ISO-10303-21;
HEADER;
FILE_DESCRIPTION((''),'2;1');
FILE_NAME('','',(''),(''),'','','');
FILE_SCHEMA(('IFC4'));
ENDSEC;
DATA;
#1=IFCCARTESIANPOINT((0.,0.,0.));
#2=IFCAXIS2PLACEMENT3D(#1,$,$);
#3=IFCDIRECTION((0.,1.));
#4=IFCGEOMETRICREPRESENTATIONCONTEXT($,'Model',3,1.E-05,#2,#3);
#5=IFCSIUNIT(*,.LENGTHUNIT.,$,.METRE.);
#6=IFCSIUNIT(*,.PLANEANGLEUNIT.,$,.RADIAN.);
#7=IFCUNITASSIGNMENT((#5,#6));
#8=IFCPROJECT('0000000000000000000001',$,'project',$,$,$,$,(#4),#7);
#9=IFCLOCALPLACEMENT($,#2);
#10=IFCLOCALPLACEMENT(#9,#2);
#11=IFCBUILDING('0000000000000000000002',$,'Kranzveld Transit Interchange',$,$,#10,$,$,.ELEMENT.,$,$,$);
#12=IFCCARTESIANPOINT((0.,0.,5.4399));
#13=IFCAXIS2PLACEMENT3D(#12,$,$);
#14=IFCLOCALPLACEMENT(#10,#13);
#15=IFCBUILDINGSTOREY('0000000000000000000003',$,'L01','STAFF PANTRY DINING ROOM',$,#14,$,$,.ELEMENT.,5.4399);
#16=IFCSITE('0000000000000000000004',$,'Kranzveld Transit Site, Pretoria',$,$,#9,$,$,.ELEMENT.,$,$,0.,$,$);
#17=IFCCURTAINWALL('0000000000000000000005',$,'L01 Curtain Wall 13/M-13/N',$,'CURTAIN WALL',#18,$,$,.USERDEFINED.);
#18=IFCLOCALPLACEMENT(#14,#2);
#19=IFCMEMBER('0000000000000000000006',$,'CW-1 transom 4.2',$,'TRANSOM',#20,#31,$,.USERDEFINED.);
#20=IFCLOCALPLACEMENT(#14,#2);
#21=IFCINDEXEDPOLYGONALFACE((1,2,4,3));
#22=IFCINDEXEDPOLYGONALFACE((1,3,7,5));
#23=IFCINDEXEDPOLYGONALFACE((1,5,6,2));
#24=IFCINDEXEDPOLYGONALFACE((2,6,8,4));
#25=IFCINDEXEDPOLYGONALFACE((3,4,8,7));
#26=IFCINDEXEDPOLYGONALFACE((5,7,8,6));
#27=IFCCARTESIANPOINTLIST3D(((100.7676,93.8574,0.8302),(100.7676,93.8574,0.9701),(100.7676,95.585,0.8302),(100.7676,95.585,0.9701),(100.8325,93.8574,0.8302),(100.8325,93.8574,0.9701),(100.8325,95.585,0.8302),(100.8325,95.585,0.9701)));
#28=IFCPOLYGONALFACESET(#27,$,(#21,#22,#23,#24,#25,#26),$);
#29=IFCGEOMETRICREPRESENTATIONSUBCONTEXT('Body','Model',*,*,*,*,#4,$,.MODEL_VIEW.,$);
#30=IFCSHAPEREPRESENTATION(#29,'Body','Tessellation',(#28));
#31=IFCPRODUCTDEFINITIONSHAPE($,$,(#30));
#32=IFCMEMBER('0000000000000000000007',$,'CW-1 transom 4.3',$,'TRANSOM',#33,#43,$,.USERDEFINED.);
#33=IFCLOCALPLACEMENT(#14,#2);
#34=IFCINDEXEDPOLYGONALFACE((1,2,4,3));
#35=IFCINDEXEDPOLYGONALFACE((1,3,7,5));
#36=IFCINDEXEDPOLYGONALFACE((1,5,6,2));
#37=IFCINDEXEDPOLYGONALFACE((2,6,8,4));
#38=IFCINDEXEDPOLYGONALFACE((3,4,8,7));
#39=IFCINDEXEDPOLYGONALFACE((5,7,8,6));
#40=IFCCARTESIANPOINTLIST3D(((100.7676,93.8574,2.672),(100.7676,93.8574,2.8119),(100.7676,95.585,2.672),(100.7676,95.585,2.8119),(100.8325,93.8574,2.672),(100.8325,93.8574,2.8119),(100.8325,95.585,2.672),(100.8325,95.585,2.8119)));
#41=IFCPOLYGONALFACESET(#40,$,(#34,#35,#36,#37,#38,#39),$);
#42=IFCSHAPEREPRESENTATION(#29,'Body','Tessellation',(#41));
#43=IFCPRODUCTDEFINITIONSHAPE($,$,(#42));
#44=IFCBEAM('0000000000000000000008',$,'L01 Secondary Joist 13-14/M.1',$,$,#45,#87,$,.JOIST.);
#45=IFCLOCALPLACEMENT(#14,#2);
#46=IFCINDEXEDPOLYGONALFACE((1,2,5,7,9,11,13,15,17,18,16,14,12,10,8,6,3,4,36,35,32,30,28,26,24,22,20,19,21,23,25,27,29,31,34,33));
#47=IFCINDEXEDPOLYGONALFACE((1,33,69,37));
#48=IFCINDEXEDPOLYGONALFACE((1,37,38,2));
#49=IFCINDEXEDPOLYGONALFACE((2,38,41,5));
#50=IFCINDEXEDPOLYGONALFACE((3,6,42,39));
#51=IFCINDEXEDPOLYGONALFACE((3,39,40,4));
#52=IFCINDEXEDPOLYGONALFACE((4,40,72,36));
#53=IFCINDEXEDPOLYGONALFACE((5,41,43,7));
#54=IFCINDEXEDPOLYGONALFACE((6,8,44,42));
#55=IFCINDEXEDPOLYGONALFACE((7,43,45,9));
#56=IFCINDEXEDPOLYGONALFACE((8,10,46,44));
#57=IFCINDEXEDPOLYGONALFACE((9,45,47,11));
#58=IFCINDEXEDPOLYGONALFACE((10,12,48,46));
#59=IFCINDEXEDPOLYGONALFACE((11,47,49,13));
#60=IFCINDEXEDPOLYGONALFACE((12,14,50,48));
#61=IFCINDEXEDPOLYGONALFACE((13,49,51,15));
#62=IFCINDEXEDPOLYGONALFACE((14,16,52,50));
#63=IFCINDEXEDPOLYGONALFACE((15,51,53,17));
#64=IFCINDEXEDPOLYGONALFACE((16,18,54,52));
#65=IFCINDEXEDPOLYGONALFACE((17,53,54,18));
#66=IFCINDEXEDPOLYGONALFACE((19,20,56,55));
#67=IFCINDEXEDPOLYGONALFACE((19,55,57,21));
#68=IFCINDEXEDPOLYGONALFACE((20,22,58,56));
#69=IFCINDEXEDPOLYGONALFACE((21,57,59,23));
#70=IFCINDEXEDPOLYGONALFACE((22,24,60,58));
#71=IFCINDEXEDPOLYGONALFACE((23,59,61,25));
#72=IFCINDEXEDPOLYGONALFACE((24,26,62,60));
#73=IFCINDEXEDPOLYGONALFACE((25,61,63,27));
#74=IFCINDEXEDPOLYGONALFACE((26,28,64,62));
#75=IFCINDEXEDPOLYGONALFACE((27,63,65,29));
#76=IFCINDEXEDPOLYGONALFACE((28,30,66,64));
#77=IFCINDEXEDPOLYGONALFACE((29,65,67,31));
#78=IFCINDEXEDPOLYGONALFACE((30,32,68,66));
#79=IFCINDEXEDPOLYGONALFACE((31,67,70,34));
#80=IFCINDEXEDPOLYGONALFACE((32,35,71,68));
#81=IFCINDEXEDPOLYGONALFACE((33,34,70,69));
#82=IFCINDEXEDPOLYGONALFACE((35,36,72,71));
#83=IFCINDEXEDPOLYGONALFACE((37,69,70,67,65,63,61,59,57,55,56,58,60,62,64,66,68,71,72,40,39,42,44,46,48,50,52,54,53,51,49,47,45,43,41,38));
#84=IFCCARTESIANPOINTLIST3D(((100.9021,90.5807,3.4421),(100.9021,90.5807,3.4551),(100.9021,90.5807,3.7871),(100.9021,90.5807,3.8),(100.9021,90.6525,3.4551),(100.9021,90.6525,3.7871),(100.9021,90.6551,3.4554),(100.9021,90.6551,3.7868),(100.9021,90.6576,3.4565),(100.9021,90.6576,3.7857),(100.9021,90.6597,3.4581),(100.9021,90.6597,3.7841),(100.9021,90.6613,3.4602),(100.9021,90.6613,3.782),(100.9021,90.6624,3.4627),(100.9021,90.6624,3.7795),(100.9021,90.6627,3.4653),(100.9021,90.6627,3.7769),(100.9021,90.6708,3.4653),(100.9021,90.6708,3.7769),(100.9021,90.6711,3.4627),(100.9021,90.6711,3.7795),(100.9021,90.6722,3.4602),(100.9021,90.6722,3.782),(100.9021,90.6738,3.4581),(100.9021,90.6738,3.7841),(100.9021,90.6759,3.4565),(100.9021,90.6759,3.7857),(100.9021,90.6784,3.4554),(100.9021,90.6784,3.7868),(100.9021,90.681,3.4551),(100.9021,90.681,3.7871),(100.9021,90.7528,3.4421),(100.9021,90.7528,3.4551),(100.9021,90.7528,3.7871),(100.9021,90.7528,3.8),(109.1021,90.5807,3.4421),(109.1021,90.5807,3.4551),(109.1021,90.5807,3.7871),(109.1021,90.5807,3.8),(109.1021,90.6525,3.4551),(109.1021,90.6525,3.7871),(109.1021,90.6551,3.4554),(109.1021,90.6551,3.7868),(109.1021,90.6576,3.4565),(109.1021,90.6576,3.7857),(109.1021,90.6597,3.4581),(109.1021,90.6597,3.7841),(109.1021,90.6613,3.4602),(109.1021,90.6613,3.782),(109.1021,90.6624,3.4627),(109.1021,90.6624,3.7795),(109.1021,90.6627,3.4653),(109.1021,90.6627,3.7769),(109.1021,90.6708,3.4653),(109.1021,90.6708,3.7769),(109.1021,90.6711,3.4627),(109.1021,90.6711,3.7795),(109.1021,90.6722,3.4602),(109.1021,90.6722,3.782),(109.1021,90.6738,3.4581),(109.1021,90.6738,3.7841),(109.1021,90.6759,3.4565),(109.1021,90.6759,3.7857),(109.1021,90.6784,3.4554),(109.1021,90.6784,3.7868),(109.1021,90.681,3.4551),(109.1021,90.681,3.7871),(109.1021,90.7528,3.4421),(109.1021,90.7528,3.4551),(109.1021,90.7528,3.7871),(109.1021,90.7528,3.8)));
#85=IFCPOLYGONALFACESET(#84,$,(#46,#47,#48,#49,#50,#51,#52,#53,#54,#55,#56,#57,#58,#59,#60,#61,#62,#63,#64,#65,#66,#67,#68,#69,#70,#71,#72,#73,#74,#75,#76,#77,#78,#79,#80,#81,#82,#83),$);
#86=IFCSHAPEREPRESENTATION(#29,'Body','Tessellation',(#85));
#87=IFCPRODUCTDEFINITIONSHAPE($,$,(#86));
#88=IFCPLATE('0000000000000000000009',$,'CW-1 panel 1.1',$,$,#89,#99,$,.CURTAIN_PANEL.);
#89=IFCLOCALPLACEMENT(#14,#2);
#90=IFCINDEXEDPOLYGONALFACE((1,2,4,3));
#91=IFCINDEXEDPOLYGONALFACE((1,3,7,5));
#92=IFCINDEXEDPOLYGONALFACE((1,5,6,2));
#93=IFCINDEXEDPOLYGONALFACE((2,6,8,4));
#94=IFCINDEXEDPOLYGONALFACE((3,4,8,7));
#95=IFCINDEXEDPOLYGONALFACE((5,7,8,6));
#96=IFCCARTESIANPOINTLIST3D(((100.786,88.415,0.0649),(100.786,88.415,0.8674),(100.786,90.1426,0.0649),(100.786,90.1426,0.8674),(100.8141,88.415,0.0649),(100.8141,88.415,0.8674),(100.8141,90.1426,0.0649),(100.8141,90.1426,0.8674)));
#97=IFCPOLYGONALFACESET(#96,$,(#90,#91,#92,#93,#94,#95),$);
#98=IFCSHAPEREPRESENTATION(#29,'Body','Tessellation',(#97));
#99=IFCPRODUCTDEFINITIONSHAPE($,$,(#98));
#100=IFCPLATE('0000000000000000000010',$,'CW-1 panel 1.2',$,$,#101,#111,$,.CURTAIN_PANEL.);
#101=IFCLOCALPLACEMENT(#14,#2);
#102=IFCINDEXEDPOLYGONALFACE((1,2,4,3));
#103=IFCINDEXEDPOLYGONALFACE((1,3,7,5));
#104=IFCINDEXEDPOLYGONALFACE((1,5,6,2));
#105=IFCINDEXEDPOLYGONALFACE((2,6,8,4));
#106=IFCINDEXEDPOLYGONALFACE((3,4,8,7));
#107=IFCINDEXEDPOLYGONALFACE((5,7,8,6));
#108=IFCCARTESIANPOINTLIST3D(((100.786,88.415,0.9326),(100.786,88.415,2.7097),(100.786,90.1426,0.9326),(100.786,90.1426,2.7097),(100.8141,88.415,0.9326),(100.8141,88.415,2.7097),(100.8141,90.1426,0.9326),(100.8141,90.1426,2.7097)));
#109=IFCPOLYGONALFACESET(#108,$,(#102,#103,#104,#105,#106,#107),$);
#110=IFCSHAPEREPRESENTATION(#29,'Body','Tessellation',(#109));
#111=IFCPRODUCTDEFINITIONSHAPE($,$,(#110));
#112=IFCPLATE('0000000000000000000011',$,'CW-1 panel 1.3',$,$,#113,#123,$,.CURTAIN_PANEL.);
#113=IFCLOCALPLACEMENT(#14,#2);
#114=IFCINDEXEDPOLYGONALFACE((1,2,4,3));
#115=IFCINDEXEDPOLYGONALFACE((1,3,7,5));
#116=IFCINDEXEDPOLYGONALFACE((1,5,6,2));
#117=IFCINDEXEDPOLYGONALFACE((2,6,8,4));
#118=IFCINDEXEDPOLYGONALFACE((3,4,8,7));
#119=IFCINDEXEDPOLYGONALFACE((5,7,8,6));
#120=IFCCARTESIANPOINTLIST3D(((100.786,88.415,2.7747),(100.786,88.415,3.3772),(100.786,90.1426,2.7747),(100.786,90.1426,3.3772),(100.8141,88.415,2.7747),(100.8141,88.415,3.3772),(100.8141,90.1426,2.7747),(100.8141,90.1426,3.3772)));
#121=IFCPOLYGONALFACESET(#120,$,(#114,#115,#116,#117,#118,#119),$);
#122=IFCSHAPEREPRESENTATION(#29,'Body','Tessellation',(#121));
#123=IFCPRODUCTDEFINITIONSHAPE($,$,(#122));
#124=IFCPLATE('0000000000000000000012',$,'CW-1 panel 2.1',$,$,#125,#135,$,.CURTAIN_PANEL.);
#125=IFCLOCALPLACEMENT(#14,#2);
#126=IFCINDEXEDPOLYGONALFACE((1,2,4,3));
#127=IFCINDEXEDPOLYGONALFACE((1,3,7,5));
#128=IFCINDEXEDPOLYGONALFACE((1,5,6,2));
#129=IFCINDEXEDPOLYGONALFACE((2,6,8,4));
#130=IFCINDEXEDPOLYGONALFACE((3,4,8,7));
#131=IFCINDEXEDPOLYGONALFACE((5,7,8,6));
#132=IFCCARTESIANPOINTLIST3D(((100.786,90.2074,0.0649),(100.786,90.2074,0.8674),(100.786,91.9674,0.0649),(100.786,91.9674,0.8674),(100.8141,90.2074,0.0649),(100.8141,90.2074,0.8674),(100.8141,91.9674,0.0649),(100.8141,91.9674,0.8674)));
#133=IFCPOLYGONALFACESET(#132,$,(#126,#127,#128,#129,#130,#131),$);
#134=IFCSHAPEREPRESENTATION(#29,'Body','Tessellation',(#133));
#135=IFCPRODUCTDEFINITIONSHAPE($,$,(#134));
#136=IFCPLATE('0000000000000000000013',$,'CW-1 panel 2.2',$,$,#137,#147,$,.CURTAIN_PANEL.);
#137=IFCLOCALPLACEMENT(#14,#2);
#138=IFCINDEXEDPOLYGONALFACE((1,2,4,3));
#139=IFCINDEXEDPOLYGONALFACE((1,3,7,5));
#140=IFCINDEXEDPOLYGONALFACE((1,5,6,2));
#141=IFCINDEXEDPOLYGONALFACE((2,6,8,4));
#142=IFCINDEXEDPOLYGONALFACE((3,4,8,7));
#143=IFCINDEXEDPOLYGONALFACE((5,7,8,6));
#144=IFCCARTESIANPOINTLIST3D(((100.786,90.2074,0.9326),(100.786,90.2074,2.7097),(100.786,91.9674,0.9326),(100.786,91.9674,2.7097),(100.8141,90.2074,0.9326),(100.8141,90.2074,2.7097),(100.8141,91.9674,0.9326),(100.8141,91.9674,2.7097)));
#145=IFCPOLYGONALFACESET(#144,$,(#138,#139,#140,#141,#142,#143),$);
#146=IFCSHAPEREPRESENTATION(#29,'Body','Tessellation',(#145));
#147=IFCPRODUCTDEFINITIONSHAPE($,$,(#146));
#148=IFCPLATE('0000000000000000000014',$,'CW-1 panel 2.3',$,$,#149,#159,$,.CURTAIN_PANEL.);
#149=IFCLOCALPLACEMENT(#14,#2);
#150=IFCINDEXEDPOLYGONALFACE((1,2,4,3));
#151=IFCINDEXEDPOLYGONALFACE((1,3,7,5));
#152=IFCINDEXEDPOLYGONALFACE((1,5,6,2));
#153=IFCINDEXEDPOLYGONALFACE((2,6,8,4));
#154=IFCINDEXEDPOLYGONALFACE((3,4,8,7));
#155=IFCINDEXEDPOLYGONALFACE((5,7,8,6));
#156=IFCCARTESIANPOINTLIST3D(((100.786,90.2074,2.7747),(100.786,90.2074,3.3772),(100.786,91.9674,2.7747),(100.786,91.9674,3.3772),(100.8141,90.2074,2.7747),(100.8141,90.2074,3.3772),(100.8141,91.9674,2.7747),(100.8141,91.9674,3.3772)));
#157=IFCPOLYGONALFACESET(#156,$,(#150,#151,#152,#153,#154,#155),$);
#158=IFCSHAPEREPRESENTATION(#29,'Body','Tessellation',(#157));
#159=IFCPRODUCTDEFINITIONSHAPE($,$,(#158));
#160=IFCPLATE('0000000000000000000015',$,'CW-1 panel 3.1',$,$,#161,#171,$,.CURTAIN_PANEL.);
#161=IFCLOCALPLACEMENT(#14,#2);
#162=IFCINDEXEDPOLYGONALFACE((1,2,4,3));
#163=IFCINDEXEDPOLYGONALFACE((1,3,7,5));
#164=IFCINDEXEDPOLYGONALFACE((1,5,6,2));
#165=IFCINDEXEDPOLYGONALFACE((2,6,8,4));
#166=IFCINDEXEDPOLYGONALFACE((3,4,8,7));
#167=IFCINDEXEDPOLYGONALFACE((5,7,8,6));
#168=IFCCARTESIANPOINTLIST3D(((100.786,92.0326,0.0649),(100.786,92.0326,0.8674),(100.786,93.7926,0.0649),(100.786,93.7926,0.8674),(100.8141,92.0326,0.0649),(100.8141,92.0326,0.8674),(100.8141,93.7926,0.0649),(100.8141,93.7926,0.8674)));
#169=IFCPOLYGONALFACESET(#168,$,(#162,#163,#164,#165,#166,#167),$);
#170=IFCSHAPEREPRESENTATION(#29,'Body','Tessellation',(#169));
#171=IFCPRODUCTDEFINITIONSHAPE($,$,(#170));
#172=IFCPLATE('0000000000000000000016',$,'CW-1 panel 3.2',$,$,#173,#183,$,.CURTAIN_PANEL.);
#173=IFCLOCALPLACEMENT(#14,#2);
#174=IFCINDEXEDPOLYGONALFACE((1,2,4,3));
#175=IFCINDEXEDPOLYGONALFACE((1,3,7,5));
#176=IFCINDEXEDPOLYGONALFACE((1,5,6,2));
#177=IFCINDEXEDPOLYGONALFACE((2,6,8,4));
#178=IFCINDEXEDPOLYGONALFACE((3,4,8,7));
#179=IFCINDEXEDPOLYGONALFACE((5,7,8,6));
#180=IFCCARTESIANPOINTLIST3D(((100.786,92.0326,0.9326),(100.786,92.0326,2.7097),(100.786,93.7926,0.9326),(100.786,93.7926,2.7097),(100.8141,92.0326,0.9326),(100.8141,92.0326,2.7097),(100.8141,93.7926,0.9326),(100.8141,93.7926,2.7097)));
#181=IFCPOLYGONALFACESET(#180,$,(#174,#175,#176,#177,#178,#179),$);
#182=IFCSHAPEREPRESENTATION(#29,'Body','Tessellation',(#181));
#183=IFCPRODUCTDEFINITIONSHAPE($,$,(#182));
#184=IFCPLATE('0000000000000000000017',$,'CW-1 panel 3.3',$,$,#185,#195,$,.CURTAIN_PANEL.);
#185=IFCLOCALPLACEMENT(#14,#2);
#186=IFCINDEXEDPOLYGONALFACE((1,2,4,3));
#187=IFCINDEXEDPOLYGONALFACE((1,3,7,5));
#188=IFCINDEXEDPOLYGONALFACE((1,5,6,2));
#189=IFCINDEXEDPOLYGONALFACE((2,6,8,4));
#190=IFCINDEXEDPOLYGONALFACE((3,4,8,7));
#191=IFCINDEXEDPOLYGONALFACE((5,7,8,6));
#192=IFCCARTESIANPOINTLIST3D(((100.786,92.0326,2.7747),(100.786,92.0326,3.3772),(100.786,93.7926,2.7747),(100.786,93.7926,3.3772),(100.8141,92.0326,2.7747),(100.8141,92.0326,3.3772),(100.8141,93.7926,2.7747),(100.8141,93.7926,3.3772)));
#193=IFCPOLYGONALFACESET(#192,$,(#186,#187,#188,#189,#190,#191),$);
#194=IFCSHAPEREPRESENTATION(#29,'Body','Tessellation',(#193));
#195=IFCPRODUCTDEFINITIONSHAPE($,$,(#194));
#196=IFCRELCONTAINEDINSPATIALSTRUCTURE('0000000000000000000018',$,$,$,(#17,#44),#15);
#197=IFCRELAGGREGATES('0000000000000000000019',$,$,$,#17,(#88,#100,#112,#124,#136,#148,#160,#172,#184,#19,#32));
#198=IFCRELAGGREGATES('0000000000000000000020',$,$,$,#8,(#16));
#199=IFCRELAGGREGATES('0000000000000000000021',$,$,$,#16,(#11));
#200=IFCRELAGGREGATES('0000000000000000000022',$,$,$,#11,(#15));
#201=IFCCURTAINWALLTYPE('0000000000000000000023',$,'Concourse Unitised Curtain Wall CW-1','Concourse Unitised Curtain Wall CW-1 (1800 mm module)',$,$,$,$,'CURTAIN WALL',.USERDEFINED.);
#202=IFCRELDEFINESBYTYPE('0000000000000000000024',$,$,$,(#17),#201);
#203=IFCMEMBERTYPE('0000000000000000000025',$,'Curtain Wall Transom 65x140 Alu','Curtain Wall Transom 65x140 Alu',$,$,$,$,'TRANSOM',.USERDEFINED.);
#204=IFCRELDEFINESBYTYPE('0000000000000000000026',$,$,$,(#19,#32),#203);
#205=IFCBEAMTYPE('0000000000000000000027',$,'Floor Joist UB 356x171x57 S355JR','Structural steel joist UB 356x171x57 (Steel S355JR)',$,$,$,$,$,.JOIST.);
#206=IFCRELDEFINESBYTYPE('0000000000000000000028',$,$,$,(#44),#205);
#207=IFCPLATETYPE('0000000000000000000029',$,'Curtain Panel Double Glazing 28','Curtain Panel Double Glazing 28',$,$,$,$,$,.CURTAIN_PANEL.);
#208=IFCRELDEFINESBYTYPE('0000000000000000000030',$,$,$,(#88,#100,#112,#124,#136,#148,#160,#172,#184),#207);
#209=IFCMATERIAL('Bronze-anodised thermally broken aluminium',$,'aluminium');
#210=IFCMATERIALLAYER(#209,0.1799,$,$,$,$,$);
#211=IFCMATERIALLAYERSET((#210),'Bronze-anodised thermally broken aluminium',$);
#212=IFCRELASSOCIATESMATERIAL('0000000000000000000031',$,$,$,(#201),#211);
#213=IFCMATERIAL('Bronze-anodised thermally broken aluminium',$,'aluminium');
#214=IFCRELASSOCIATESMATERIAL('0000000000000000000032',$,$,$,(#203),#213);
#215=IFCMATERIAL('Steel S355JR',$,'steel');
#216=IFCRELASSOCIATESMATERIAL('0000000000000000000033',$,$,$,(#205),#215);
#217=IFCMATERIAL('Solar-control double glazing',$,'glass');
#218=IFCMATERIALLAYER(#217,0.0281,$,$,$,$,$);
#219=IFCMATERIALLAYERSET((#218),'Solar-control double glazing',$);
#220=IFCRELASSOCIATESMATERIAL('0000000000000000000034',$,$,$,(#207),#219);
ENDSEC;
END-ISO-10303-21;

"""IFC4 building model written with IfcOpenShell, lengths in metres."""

from ifc_helpers import new_model, si_unit, direction, frame, origin, origin_2d, place, context, subcontext, project, spatial, rectangle, i_section, extrude, material, layer, layer_set, material_profile, profile_set, type_object, element, aggregate, save


model = new_model("IFC4")

# Units and contexts
model_context = context("Model", 3, precision=1e-05, world=origin(), true_north=direction((0.0, 1.0)))
body_context = subcontext(model_context, "Body", "Model", "MODEL_VIEW")
ifc_project = project(units=[si_unit("LENGTHUNIT", "METRE"), si_unit("PLANEANGLEUNIT", "RADIAN")], contexts=[model_context])

# Site, building, storey
site_placement = place(None, origin())
site = spatial("IfcSite", under=ifc_project, at=site_placement, Name="Kranzveld Transit Site, Pretoria", CompositionType="ELEMENT", RefElevation=0.0)
building_placement = place(site_placement, origin())
building = spatial("IfcBuilding", under=site, at=building_placement, Name="Kranzveld Transit Interchange", CompositionType="ELEMENT")
storey_placement = place(building_placement, frame((0.0, 0.0, 5.4399)))
storey = spatial("IfcBuildingStorey", under=building, at=storey_placement, Name="L01", Description="STAFF PANTRY DINING ROOM", CompositionType="ELEMENT", Elevation=5.4399)

# Curtain wall, members
ifc_material_1 = material(Name="Bronze-anodised thermally broken aluminium", Category="aluminium")
ifc_layer_1 = layer(ifc_material_1, 0.1799)
ifc_layer_set_1 = layer_set([ifc_layer_1], Name="Bronze-anodised thermally broken aluminium")
curtain_wall_type = type_object("IfcCurtainWallType", Name="Concourse Unitised Curtain Wall CW-1", Description="Concourse Unitised Curtain Wall CW-1 (1800 mm module)", ElementType="CURTAIN WALL", PredefinedType="USERDEFINED", material=ifc_layer_set_1)
curtain_wall_placement = place(storey_placement, origin())
curtain_wall = element("IfcCurtainWall", 1, at=curtain_wall_placement, inside=storey, type_object=curtain_wall_type, Name="L01 Curtain Wall 13/M-13/N", ObjectType="CURTAIN WALL", PredefinedType="USERDEFINED")
ifc_material_2 = material(Name="Bronze-anodised thermally broken aluminium", Category="aluminium")
ifc_material_profile_1 = material_profile(ifc_material_2, rectangle(XDim=0.0649, YDim=0.1399, at=origin_2d()), Name="ALU TRANSOM 65x140")
ifc_profile_set_1 = profile_set([ifc_material_profile_1], Name="Bronze-anodised thermally broken aluminium")
member_type_1 = type_object("IfcMemberType", Name="Curtain Wall Transom 65x140 Alu", Description="Curtain Wall Transom 65x140 Alu", ElementType="TRANSOM", PredefinedType="USERDEFINED", material=ifc_profile_set_1)
member_1_placement = place(storey_placement, frame((100.8, 93.8574, 0.9001), z_axis=(0.0, 1.0, 0.0), x_axis=(-1.0, 0.0, 0.0)))
member_1 = element("IfcMember", 2, at=member_1_placement, type_object=member_type_1, Name="CW-1 transom 4.2", ObjectType="TRANSOM", PredefinedType="USERDEFINED", context=body_context, shape_type="SweptSolid", body=[
    extrude(rectangle(XDim=0.0649, YDim=0.1399, at=origin_2d()), origin(), (0.0, 0.0, 1.0), 1.7275),
])
member_2_placement = place(storey_placement, frame((100.8, 93.8574, 2.7419), z_axis=(0.0, 1.0, 0.0), x_axis=(-1.0, 0.0, 0.0)))
member_2 = element("IfcMember", 3, at=member_2_placement, type_object=member_type_1, Name="CW-1 transom 4.3", ObjectType="TRANSOM", PredefinedType="USERDEFINED", context=body_context, shape_type="SweptSolid", body=[
    extrude(rectangle(XDim=0.0649, YDim=0.1399, at=origin_2d()), origin(), (0.0, 0.0, 1.0), 1.7275),
])

# Beam
ifc_material_3 = material(Name="Steel S355JR", Category="steel")
ifc_material_profile_2 = material_profile(ifc_material_3, i_section(OverallWidth=0.1721, OverallDepth=0.3579, WebThickness=0.0081, FlangeThickness=0.0129, FilletRadius=0.0103, at=origin_2d()), Name="UB 356x171x57")
ifc_profile_set_2 = profile_set([ifc_material_profile_2], Name="Steel S355JR")
beam_type = type_object("IfcBeamType", Name="Floor Joist UB 356x171x57 S355JR", Description="Structural steel joist UB 356x171x57 (Steel S355JR)", PredefinedType="JOIST", material=ifc_profile_set_2)
beam_placement = place(storey_placement, frame((100.9021, 90.6667, 3.6211), z_axis=(1.0, 0.0, 0.0), x_axis=(0.0, 1.0, 0.0)))
element("IfcBeam", 4, at=beam_placement, inside=storey, type_object=beam_type, Name="L01 Secondary Joist 13-14/M.1", PredefinedType="JOIST", context=body_context, shape_type="SweptSolid", body=[
    extrude(i_section(OverallWidth=0.1721, OverallDepth=0.3579, WebThickness=0.0081, FlangeThickness=0.0129, FilletRadius=0.0103, at=origin_2d()), origin(), (0.0, 0.0, 1.0), 8.2),
])

# Plates
ifc_material_4 = material(Name="Solar-control double glazing", Category="glass")
ifc_layer_2 = layer(ifc_material_4, 0.0281)
ifc_layer_set_2 = layer_set([ifc_layer_2], Name="Solar-control double glazing")
plate_type = type_object("IfcPlateType", Name="Curtain Panel Double Glazing 28", Description="Curtain Panel Double Glazing 28", PredefinedType="CURTAIN_PANEL", material=ifc_layer_set_2)
plate_1_placement = place(storey_placement, frame((100.8, 89.2788, 0.0649), z_axis=(0.0, 0.0, 1.0), x_axis=(0.0, 1.0, 0.0)))
plate_1 = element("IfcPlate", 5, at=plate_1_placement, type_object=plate_type, Name="CW-1 panel 1.1", PredefinedType="CURTAIN_PANEL", context=body_context, shape_type="SweptSolid", body=[
    extrude(rectangle(XDim=1.7275, YDim=0.0281, at=origin_2d()), origin(), (0.0, 0.0, 1.0), 0.8025),
])
plate_2_placement = place(storey_placement, frame((100.8, 89.2788, 0.9326), z_axis=(0.0, 0.0, 1.0), x_axis=(0.0, 1.0, 0.0)))
plate_2 = element("IfcPlate", 6, at=plate_2_placement, type_object=plate_type, Name="CW-1 panel 1.2", PredefinedType="CURTAIN_PANEL", context=body_context, shape_type="SweptSolid", body=[
    extrude(rectangle(XDim=1.7275, YDim=0.0281, at=origin_2d()), origin(), (0.0, 0.0, 1.0), 1.7771),
])
plate_3_placement = place(storey_placement, frame((100.8, 89.2788, 2.7747), z_axis=(0.0, 0.0, 1.0), x_axis=(0.0, 1.0, 0.0)))
plate_3 = element("IfcPlate", 7, at=plate_3_placement, type_object=plate_type, Name="CW-1 panel 1.3", PredefinedType="CURTAIN_PANEL", context=body_context, shape_type="SweptSolid", body=[
    extrude(rectangle(XDim=1.7275, YDim=0.0281, at=origin_2d()), origin(), (0.0, 0.0, 1.0), 0.6025),
])
plate_4_placement = place(storey_placement, frame((100.8, 91.0874, 0.0649), z_axis=(0.0, 0.0, 1.0), x_axis=(0.0, 1.0, 0.0)))
plate_4 = element("IfcPlate", 8, at=plate_4_placement, type_object=plate_type, Name="CW-1 panel 2.1", PredefinedType="CURTAIN_PANEL", context=body_context, shape_type="SweptSolid", body=[
    extrude(rectangle(XDim=1.76, YDim=0.0281, at=origin_2d()), origin(), (0.0, 0.0, 1.0), 0.8025),
])
plate_5_placement = place(storey_placement, frame((100.8, 91.0874, 0.9326), z_axis=(0.0, 0.0, 1.0), x_axis=(0.0, 1.0, 0.0)))
plate_5 = element("IfcPlate", 9, at=plate_5_placement, type_object=plate_type, Name="CW-1 panel 2.2", PredefinedType="CURTAIN_PANEL", context=body_context, shape_type="SweptSolid", body=[
    extrude(rectangle(XDim=1.76, YDim=0.0281, at=origin_2d()), origin(), (0.0, 0.0, 1.0), 1.7771),
])
plate_6_placement = place(storey_placement, frame((100.8, 91.0874, 2.7747), z_axis=(0.0, 0.0, 1.0), x_axis=(0.0, 1.0, 0.0)))
plate_6 = element("IfcPlate", 10, at=plate_6_placement, type_object=plate_type, Name="CW-1 panel 2.3", PredefinedType="CURTAIN_PANEL", context=body_context, shape_type="SweptSolid", body=[
    extrude(rectangle(XDim=1.76, YDim=0.0281, at=origin_2d()), origin(), (0.0, 0.0, 1.0), 0.6025),
])
plate_7_placement = place(storey_placement, frame((100.8, 92.9126, 0.0649), z_axis=(0.0, 0.0, 1.0), x_axis=(0.0, 1.0, 0.0)))
plate_7 = element("IfcPlate", 11, at=plate_7_placement, type_object=plate_type, Name="CW-1 panel 3.1", PredefinedType="CURTAIN_PANEL", context=body_context, shape_type="SweptSolid", body=[
    extrude(rectangle(XDim=1.76, YDim=0.0281, at=origin_2d()), origin(), (0.0, 0.0, 1.0), 0.8025),
])
plate_8_placement = place(storey_placement, frame((100.8, 92.9126, 0.9326), z_axis=(0.0, 0.0, 1.0), x_axis=(0.0, 1.0, 0.0)))
plate_8 = element("IfcPlate", 12, at=plate_8_placement, type_object=plate_type, Name="CW-1 panel 3.2", PredefinedType="CURTAIN_PANEL", context=body_context, shape_type="SweptSolid", body=[
    extrude(rectangle(XDim=1.76, YDim=0.0281, at=origin_2d()), origin(), (0.0, 0.0, 1.0), 1.7771),
])
plate_9_placement = place(storey_placement, frame((100.8, 92.9126, 2.7747), z_axis=(0.0, 0.0, 1.0), x_axis=(0.0, 1.0, 0.0)))
plate_9 = element("IfcPlate", 13, at=plate_9_placement, type_object=plate_type, Name="CW-1 panel 3.3", PredefinedType="CURTAIN_PANEL", context=body_context, shape_type="SweptSolid", body=[
    extrude(rectangle(XDim=1.76, YDim=0.0281, at=origin_2d()), origin(), (0.0, 0.0, 1.0), 0.6025),
])
aggregate(curtain_wall, [plate_1, plate_2, plate_3, plate_4, plate_5, plate_6, plate_7, plate_8, plate_9, member_1, member_2])

save(model, "model.ifc")
